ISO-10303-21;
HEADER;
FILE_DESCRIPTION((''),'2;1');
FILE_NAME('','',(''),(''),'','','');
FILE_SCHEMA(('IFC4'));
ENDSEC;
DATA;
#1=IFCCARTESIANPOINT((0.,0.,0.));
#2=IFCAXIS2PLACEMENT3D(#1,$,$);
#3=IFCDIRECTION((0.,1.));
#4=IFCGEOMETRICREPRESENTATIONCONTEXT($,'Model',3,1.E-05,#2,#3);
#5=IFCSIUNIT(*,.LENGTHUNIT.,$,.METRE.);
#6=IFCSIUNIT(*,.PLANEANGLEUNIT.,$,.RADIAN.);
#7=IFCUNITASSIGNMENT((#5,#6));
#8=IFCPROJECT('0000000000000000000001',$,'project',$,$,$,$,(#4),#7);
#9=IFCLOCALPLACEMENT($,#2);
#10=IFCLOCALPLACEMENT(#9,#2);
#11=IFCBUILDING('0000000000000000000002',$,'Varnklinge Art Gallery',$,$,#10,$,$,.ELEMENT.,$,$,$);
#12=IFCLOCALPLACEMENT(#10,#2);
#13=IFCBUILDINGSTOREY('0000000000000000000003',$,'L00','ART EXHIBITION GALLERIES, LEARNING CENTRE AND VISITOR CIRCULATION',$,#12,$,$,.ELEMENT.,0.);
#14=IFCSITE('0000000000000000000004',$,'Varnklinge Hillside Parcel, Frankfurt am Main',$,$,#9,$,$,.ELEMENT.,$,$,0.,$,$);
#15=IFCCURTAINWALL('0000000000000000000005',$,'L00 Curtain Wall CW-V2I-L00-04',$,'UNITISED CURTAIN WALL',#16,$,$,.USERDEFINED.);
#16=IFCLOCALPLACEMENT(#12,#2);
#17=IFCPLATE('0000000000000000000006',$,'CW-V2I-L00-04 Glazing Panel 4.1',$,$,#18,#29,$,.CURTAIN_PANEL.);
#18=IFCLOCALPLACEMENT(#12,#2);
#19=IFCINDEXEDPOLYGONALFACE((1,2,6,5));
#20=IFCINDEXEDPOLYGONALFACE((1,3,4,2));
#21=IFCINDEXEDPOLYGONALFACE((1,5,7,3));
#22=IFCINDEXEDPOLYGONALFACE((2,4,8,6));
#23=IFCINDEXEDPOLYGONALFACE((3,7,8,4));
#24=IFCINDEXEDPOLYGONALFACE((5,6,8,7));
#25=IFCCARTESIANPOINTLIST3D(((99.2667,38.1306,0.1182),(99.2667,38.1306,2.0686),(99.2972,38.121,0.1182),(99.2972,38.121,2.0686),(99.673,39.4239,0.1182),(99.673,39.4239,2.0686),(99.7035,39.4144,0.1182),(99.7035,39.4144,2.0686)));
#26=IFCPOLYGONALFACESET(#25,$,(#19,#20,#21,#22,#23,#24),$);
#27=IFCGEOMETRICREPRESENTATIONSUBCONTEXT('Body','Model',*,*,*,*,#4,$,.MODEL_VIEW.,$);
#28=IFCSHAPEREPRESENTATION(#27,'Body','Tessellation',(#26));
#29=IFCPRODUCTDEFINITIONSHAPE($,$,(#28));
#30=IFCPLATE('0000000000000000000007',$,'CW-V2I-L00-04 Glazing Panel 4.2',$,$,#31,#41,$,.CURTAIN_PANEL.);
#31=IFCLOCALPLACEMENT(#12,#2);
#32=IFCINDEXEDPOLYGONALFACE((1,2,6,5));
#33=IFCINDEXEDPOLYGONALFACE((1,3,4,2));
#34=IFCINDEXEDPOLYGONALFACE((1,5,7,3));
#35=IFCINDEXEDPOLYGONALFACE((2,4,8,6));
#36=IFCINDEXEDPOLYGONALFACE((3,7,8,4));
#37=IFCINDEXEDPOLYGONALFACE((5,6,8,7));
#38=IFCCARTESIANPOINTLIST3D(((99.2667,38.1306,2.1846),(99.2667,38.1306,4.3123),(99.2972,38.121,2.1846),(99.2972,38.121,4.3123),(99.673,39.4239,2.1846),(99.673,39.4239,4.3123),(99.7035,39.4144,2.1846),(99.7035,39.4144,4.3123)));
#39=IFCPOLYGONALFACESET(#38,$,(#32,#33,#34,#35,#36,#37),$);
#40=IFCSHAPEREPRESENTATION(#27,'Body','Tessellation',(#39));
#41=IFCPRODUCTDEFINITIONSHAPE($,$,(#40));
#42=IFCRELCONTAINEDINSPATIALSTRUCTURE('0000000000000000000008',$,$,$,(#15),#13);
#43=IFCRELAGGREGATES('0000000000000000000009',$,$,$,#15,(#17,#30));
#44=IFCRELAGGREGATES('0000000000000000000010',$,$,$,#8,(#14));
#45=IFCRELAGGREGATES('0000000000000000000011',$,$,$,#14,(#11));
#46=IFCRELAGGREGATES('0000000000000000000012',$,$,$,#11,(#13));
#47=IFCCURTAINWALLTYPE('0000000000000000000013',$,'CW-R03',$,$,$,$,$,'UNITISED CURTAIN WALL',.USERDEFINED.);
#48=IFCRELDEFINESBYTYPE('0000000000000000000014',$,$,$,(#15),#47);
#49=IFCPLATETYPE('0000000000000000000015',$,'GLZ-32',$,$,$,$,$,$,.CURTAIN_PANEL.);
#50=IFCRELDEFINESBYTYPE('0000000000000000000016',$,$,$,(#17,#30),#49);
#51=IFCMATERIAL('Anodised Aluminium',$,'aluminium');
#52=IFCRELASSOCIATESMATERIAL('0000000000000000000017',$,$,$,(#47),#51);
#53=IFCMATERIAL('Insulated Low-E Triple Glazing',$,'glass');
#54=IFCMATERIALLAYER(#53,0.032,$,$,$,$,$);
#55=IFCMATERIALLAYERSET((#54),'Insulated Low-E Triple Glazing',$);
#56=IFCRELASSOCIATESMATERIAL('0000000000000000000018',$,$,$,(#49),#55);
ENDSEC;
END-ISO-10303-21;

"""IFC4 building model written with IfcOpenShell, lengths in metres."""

from ifc_helpers import new_model, si_unit, direction, frame, origin, origin_2d, place, context, subcontext, project, spatial, rectangle, extrude, material, layer, layer_set, type_object, element, aggregate, save


model = new_model("IFC4")

# Units and contexts
model_context = context("Model", 3, precision=1e-05, world=origin(), true_north=direction((0.0, 1.0)))
body_context = subcontext(model_context, "Body", "Model", "MODEL_VIEW")
ifc_project = project(units=[si_unit("LENGTHUNIT", "METRE"), si_unit("PLANEANGLEUNIT", "RADIAN")], contexts=[model_context])

# Site, building, storey
site_placement = place(None, origin())
site = spatial("IfcSite", under=ifc_project, at=site_placement, Name="Varnklinge Hillside Parcel, Frankfurt am Main", CompositionType="ELEMENT", RefElevation=0.0)
building_placement = place(site_placement, origin())
building = spatial("IfcBuilding", under=site, at=building_placement, Name="Varnklinge Art Gallery", CompositionType="ELEMENT")
storey_placement = place(building_placement, origin())
storey = spatial("IfcBuildingStorey", under=building, at=storey_placement, Name="L00", Description="ART EXHIBITION GALLERIES, LEARNING CENTRE AND VISITOR CIRCULATION", CompositionType="ELEMENT", Elevation=0.0)

# Curtain wall
ifc_material_1 = material(Name="Anodised Aluminium", Category="aluminium")
curtain_wall_type = type_object("IfcCurtainWallType", Name="CW-R03", ElementType="UNITISED CURTAIN WALL", PredefinedType="USERDEFINED", material=ifc_material_1)
curtain_wall_1_placement = place(storey_placement, origin())
curtain_wall_1 = element("IfcCurtainWall", 1, at=curtain_wall_1_placement, inside=storey, type_object=curtain_wall_type, Name="L00 Curtain Wall CW-V2I-L00-04", ObjectType="UNITISED CURTAIN WALL", PredefinedType="USERDEFINED")

# Plates
ifc_material_2 = material(Name="Insulated Low-E Triple Glazing", Category="glass")
ifc_layer = layer(ifc_material_2, 0.032)
ifc_layer_set = layer_set([ifc_layer], Name="Insulated Low-E Triple Glazing")
plate_type = type_object("IfcPlateType", Name="GLZ-32", PredefinedType="CURTAIN_PANEL", material=ifc_layer_set)
plate_1_placement = place(storey_placement, frame((99.4851, 38.7725, 0.1182), z_axis=(0.0, 0.0, 1.0), x_axis=(-0.299707, -0.954031, 0.0)))
plate_1 = element("IfcPlate", 2, at=plate_1_placement, type_object=plate_type, Name="CW-V2I-L00-04 Glazing Panel 4.1", PredefinedType="CURTAIN_PANEL", context=body_context, shape_type="SweptSolid", body=[
    extrude(rectangle(XDim=1.3557, YDim=0.032, at=origin_2d()), origin(), (0.0, 0.0, 1.0), 1.9504),
])
plate_2_placement = place(storey_placement, frame((99.4851, 38.7725, 2.1846), z_axis=(0.0, 0.0, 1.0), x_axis=(-0.299707, -0.954031, 0.0)))
plate_2 = element("IfcPlate", 3, at=plate_2_placement, type_object=plate_type, Name="CW-V2I-L00-04 Glazing Panel 4.2", PredefinedType="CURTAIN_PANEL", context=body_context, shape_type="SweptSolid", body=[
    extrude(rectangle(XDim=1.3557, YDim=0.032, at=origin_2d()), origin(), (0.0, 0.0, 1.0), 2.1277),
])
aggregate(curtain_wall_1, [plate_1, plate_2])

save(model, "model.ifc")
